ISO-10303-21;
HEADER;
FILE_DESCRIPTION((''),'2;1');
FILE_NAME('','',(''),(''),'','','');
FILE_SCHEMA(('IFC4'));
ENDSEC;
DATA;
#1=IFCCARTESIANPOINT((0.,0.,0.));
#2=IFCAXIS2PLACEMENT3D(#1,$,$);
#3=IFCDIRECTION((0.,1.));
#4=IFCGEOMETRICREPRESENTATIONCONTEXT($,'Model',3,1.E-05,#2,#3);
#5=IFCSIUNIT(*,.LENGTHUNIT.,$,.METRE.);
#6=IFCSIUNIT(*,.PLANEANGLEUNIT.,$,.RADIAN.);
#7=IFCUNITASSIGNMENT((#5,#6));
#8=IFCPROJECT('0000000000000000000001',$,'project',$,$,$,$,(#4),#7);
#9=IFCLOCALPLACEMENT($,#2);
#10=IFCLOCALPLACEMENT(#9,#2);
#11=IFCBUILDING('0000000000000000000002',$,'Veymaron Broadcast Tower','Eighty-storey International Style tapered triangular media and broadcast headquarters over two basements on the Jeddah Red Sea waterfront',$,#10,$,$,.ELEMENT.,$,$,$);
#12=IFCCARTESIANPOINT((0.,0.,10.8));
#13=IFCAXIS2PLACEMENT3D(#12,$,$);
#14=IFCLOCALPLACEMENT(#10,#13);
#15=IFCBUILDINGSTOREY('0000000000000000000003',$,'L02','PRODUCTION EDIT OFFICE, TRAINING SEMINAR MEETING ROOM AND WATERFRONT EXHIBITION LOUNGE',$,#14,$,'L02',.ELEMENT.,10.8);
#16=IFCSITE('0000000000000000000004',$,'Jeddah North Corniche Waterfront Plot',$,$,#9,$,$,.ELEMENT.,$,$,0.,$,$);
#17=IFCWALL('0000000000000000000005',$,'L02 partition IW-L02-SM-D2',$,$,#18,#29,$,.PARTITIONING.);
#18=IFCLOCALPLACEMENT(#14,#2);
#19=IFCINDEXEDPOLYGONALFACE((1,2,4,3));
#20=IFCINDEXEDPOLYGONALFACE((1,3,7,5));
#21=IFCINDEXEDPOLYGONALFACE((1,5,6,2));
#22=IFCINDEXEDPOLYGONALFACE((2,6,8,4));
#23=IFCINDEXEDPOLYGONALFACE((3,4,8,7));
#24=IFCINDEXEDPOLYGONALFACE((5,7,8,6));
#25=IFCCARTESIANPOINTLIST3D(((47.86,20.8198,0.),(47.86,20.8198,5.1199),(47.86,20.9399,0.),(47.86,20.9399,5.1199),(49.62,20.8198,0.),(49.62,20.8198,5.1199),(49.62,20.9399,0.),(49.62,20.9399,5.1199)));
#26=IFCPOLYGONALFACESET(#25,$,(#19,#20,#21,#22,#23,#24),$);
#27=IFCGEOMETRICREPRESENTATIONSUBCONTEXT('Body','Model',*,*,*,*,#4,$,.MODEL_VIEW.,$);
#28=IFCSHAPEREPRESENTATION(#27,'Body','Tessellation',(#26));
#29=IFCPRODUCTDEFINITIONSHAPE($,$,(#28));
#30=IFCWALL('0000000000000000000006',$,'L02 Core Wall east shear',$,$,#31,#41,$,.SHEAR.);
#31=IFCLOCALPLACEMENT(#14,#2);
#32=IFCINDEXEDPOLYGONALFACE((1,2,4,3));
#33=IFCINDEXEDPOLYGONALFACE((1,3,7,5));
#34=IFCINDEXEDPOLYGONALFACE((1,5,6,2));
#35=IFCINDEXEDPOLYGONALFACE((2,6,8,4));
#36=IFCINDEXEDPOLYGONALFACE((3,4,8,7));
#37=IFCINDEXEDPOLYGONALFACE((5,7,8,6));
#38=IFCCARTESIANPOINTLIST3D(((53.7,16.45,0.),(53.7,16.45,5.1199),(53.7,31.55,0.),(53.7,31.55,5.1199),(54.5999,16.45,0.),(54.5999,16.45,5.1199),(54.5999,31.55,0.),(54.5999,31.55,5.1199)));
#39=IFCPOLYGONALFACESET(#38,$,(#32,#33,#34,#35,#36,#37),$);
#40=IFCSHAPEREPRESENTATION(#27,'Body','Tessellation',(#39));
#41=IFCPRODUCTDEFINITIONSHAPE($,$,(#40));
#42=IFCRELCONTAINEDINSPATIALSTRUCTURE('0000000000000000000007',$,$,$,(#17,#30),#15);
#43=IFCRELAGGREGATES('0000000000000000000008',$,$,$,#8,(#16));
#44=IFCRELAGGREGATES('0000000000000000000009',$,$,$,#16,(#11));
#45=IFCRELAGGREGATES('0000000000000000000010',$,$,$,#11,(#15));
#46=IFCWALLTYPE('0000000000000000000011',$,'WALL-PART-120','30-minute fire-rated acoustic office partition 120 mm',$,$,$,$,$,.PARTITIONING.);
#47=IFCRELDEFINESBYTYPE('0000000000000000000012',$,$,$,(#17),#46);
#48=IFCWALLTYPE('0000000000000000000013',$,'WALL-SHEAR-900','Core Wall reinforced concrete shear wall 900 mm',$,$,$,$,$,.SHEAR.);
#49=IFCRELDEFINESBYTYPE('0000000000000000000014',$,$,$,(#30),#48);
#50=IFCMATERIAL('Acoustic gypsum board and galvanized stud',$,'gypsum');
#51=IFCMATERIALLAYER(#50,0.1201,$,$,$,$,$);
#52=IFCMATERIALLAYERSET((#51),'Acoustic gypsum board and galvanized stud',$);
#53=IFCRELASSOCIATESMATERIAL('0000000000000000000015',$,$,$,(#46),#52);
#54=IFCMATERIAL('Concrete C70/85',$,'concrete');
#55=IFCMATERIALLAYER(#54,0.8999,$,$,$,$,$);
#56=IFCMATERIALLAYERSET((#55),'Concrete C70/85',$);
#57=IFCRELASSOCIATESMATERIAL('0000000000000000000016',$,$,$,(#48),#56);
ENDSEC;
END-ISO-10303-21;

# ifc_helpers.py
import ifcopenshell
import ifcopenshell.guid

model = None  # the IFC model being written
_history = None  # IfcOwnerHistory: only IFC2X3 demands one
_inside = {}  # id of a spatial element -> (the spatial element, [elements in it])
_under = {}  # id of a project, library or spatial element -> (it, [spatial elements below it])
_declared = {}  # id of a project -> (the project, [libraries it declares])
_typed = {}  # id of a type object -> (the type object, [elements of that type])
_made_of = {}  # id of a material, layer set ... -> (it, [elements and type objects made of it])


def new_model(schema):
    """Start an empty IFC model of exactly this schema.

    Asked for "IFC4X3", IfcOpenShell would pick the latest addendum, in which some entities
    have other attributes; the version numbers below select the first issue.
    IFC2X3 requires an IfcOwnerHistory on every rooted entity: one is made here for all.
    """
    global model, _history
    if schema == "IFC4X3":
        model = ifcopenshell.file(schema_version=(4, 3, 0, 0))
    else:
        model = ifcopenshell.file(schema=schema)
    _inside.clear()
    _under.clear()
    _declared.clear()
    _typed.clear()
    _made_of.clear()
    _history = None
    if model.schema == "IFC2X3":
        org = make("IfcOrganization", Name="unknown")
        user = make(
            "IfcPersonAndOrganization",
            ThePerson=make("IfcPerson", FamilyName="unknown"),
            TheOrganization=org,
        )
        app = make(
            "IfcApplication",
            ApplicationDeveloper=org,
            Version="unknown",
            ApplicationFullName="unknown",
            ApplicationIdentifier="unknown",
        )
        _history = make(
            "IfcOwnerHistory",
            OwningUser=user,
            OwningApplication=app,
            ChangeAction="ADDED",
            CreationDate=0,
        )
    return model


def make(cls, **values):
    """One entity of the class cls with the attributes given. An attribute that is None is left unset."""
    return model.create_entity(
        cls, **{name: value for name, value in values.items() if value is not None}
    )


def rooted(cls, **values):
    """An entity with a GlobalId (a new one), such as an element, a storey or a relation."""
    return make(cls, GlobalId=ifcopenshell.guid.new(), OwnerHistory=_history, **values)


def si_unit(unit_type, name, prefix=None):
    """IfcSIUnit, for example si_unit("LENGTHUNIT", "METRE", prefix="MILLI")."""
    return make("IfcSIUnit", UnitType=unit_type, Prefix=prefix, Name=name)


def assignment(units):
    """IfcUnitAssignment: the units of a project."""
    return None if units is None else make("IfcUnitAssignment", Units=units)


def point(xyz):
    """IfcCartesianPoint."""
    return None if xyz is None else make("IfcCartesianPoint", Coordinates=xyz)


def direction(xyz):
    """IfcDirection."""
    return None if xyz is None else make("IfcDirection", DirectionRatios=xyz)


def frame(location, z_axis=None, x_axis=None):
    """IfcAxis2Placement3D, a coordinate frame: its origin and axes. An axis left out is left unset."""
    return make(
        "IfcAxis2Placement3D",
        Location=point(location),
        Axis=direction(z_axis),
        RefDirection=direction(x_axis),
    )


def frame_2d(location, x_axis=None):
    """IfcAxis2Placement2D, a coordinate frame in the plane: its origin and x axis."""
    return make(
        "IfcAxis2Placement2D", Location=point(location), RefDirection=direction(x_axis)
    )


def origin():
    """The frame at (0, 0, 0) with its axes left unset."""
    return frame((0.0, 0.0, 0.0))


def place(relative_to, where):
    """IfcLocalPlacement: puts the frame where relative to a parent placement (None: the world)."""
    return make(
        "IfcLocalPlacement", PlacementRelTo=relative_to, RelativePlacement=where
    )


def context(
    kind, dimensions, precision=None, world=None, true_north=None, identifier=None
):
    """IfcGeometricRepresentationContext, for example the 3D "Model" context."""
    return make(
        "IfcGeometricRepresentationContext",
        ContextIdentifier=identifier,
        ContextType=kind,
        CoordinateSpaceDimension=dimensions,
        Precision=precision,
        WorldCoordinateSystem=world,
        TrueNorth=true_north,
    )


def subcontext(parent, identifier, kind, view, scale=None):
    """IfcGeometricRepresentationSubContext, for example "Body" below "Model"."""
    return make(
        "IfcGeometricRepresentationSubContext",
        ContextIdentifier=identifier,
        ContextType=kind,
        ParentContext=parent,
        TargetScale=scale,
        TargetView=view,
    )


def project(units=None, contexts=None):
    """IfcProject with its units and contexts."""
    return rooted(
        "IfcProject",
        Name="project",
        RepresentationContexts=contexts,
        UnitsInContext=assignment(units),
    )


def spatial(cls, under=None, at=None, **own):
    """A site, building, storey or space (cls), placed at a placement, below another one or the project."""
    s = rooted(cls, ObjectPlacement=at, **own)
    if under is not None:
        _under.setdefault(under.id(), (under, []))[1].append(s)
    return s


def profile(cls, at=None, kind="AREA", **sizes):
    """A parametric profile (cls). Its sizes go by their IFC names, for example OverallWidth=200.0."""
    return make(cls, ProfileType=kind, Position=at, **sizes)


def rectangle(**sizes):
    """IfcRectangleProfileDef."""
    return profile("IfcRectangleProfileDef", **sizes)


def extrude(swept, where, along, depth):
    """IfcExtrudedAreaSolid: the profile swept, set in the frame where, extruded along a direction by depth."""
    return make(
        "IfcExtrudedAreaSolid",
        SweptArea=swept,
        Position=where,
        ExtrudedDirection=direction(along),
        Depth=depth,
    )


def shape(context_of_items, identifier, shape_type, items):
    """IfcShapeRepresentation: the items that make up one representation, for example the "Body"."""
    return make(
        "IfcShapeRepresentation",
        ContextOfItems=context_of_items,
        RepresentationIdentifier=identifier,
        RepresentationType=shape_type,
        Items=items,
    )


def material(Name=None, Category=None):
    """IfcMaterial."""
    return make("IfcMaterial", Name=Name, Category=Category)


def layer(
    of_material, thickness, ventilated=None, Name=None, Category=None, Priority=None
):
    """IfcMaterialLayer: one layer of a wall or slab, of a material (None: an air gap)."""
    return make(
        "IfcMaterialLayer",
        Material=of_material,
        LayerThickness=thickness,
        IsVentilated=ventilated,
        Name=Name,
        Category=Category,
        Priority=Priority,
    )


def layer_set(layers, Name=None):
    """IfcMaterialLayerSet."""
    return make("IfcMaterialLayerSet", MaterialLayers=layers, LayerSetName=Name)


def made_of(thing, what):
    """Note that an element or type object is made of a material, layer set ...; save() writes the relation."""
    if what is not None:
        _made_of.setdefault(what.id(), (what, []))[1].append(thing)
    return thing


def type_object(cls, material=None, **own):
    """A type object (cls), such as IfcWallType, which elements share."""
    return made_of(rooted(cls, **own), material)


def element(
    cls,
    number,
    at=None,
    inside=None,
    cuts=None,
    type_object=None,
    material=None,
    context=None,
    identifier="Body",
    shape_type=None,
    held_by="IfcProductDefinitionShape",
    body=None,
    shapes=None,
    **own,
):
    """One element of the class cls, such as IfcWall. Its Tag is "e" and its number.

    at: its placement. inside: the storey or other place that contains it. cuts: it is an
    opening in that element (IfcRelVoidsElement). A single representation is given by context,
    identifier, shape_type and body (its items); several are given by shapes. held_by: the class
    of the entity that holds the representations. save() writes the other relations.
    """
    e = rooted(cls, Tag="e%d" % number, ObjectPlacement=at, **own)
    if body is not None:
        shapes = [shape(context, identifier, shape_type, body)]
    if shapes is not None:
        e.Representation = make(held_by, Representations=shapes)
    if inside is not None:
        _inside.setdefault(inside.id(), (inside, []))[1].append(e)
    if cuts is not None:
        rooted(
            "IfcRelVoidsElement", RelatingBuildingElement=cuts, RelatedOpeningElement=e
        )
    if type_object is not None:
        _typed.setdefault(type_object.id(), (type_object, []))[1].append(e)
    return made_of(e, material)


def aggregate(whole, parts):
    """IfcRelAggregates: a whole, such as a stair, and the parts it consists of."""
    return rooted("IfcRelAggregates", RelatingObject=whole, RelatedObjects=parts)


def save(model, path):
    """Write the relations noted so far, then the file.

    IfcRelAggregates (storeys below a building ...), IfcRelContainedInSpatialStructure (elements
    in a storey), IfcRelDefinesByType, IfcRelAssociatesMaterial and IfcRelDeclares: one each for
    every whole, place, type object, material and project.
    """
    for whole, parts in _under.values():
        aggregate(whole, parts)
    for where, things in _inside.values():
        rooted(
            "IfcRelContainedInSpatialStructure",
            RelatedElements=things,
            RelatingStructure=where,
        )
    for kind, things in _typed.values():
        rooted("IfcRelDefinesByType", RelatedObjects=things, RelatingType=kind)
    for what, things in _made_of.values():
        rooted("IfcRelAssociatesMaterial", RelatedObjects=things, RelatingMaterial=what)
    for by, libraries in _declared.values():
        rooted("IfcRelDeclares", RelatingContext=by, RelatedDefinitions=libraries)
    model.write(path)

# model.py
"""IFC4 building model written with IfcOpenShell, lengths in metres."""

from ifc_helpers import new_model, si_unit, direction, frame, frame_2d, origin, place, context, subcontext, project, spatial, rectangle, extrude, material, layer, layer_set, type_object, element, save


model = new_model("IFC4")

# Units and contexts
model_context = context("Model", 3, precision=1e-05, world=origin(), true_north=direction((0.0, 1.0)))
body_context = subcontext(model_context, "Body", "Model", "MODEL_VIEW")
ifc_project = project(units=[si_unit("LENGTHUNIT", "METRE"), si_unit("PLANEANGLEUNIT", "RADIAN")], contexts=[model_context])

# Site, building, storey
site_placement = place(None, origin())
site = spatial("IfcSite", under=ifc_project, at=site_placement, Name="Jeddah North Corniche Waterfront Plot", CompositionType="ELEMENT", RefElevation=0.0)
building_placement = place(site_placement, origin())
building = spatial("IfcBuilding", under=site, at=building_placement, Name="Veymaron Broadcast Tower", Description="Eighty-storey International Style tapered triangular media and broadcast headquarters over two basements on the Jeddah Red Sea waterfront", CompositionType="ELEMENT")
storey_placement = place(building_placement, frame((0.0, 0.0, 10.8)))
storey = spatial("IfcBuildingStorey", under=building, at=storey_placement, Name="L02", Description="PRODUCTION EDIT OFFICE, TRAINING SEMINAR MEETING ROOM AND WATERFRONT EXHIBITION LOUNGE", LongName="L02", CompositionType="ELEMENT", Elevation=10.8)

# Wall
ifc_material_1 = material(Name="Acoustic gypsum board and galvanized stud", Category="gypsum")
ifc_layer_1 = layer(ifc_material_1, 0.1201)
ifc_layer_set_1 = layer_set([ifc_layer_1], Name="Acoustic gypsum board and galvanized stud")
wall_type_1 = type_object("IfcWallType", Name="WALL-PART-120", Description="30-minute fire-rated acoustic office partition 120 mm", PredefinedType="PARTITIONING", material=ifc_layer_set_1)
for number, where, z_axis, x_axis, name in (
    (1, (47.8601, 20.8799, 0.0), (0.0, 0.0, 1.0), (1.0, 0.0, 0.0), "L02 partition IW-L02-SM-D2"),
):
    element("IfcWall", number, at=place(storey_placement, frame(where, z_axis=z_axis, x_axis=x_axis)), inside=storey, type_object=wall_type_1, Name=name, PredefinedType="PARTITIONING", context=body_context, shape_type="SweptSolid", body=[
        extrude(rectangle(XDim=1.76, YDim=0.1201, at=frame_2d((0.8799, 0.0))), origin(), (0.0, 0.0, 1.0), 5.1199),
    ])

# Wall
ifc_material_2 = material(Name="Concrete C70/85", Category="concrete")
ifc_layer_2 = layer(ifc_material_2, 0.8999)
ifc_layer_set_2 = layer_set([ifc_layer_2], Name="Concrete C70/85")
wall_type_2 = type_object("IfcWallType", Name="WALL-SHEAR-900", Description="Core Wall reinforced concrete shear wall 900 mm", PredefinedType="SHEAR", material=ifc_layer_set_2)
wall_1_placement = place(storey_placement, frame((54.1499, 16.45, 0.0), z_axis=(0.0, 0.0, 1.0), x_axis=(0.0, 1.0, 0.0)))
element("IfcWall", 2, at=wall_1_placement, inside=storey, type_object=wall_type_2, Name="L02 Core Wall east shear", PredefinedType="SHEAR", context=body_context, shape_type="SweptSolid", body=[
    extrude(rectangle(XDim=15.1001, YDim=0.8999, at=frame_2d((7.55, 0.0))), origin(), (0.0, 0.0, 1.0), 5.1199),
])

save(model, "model.ifc")
